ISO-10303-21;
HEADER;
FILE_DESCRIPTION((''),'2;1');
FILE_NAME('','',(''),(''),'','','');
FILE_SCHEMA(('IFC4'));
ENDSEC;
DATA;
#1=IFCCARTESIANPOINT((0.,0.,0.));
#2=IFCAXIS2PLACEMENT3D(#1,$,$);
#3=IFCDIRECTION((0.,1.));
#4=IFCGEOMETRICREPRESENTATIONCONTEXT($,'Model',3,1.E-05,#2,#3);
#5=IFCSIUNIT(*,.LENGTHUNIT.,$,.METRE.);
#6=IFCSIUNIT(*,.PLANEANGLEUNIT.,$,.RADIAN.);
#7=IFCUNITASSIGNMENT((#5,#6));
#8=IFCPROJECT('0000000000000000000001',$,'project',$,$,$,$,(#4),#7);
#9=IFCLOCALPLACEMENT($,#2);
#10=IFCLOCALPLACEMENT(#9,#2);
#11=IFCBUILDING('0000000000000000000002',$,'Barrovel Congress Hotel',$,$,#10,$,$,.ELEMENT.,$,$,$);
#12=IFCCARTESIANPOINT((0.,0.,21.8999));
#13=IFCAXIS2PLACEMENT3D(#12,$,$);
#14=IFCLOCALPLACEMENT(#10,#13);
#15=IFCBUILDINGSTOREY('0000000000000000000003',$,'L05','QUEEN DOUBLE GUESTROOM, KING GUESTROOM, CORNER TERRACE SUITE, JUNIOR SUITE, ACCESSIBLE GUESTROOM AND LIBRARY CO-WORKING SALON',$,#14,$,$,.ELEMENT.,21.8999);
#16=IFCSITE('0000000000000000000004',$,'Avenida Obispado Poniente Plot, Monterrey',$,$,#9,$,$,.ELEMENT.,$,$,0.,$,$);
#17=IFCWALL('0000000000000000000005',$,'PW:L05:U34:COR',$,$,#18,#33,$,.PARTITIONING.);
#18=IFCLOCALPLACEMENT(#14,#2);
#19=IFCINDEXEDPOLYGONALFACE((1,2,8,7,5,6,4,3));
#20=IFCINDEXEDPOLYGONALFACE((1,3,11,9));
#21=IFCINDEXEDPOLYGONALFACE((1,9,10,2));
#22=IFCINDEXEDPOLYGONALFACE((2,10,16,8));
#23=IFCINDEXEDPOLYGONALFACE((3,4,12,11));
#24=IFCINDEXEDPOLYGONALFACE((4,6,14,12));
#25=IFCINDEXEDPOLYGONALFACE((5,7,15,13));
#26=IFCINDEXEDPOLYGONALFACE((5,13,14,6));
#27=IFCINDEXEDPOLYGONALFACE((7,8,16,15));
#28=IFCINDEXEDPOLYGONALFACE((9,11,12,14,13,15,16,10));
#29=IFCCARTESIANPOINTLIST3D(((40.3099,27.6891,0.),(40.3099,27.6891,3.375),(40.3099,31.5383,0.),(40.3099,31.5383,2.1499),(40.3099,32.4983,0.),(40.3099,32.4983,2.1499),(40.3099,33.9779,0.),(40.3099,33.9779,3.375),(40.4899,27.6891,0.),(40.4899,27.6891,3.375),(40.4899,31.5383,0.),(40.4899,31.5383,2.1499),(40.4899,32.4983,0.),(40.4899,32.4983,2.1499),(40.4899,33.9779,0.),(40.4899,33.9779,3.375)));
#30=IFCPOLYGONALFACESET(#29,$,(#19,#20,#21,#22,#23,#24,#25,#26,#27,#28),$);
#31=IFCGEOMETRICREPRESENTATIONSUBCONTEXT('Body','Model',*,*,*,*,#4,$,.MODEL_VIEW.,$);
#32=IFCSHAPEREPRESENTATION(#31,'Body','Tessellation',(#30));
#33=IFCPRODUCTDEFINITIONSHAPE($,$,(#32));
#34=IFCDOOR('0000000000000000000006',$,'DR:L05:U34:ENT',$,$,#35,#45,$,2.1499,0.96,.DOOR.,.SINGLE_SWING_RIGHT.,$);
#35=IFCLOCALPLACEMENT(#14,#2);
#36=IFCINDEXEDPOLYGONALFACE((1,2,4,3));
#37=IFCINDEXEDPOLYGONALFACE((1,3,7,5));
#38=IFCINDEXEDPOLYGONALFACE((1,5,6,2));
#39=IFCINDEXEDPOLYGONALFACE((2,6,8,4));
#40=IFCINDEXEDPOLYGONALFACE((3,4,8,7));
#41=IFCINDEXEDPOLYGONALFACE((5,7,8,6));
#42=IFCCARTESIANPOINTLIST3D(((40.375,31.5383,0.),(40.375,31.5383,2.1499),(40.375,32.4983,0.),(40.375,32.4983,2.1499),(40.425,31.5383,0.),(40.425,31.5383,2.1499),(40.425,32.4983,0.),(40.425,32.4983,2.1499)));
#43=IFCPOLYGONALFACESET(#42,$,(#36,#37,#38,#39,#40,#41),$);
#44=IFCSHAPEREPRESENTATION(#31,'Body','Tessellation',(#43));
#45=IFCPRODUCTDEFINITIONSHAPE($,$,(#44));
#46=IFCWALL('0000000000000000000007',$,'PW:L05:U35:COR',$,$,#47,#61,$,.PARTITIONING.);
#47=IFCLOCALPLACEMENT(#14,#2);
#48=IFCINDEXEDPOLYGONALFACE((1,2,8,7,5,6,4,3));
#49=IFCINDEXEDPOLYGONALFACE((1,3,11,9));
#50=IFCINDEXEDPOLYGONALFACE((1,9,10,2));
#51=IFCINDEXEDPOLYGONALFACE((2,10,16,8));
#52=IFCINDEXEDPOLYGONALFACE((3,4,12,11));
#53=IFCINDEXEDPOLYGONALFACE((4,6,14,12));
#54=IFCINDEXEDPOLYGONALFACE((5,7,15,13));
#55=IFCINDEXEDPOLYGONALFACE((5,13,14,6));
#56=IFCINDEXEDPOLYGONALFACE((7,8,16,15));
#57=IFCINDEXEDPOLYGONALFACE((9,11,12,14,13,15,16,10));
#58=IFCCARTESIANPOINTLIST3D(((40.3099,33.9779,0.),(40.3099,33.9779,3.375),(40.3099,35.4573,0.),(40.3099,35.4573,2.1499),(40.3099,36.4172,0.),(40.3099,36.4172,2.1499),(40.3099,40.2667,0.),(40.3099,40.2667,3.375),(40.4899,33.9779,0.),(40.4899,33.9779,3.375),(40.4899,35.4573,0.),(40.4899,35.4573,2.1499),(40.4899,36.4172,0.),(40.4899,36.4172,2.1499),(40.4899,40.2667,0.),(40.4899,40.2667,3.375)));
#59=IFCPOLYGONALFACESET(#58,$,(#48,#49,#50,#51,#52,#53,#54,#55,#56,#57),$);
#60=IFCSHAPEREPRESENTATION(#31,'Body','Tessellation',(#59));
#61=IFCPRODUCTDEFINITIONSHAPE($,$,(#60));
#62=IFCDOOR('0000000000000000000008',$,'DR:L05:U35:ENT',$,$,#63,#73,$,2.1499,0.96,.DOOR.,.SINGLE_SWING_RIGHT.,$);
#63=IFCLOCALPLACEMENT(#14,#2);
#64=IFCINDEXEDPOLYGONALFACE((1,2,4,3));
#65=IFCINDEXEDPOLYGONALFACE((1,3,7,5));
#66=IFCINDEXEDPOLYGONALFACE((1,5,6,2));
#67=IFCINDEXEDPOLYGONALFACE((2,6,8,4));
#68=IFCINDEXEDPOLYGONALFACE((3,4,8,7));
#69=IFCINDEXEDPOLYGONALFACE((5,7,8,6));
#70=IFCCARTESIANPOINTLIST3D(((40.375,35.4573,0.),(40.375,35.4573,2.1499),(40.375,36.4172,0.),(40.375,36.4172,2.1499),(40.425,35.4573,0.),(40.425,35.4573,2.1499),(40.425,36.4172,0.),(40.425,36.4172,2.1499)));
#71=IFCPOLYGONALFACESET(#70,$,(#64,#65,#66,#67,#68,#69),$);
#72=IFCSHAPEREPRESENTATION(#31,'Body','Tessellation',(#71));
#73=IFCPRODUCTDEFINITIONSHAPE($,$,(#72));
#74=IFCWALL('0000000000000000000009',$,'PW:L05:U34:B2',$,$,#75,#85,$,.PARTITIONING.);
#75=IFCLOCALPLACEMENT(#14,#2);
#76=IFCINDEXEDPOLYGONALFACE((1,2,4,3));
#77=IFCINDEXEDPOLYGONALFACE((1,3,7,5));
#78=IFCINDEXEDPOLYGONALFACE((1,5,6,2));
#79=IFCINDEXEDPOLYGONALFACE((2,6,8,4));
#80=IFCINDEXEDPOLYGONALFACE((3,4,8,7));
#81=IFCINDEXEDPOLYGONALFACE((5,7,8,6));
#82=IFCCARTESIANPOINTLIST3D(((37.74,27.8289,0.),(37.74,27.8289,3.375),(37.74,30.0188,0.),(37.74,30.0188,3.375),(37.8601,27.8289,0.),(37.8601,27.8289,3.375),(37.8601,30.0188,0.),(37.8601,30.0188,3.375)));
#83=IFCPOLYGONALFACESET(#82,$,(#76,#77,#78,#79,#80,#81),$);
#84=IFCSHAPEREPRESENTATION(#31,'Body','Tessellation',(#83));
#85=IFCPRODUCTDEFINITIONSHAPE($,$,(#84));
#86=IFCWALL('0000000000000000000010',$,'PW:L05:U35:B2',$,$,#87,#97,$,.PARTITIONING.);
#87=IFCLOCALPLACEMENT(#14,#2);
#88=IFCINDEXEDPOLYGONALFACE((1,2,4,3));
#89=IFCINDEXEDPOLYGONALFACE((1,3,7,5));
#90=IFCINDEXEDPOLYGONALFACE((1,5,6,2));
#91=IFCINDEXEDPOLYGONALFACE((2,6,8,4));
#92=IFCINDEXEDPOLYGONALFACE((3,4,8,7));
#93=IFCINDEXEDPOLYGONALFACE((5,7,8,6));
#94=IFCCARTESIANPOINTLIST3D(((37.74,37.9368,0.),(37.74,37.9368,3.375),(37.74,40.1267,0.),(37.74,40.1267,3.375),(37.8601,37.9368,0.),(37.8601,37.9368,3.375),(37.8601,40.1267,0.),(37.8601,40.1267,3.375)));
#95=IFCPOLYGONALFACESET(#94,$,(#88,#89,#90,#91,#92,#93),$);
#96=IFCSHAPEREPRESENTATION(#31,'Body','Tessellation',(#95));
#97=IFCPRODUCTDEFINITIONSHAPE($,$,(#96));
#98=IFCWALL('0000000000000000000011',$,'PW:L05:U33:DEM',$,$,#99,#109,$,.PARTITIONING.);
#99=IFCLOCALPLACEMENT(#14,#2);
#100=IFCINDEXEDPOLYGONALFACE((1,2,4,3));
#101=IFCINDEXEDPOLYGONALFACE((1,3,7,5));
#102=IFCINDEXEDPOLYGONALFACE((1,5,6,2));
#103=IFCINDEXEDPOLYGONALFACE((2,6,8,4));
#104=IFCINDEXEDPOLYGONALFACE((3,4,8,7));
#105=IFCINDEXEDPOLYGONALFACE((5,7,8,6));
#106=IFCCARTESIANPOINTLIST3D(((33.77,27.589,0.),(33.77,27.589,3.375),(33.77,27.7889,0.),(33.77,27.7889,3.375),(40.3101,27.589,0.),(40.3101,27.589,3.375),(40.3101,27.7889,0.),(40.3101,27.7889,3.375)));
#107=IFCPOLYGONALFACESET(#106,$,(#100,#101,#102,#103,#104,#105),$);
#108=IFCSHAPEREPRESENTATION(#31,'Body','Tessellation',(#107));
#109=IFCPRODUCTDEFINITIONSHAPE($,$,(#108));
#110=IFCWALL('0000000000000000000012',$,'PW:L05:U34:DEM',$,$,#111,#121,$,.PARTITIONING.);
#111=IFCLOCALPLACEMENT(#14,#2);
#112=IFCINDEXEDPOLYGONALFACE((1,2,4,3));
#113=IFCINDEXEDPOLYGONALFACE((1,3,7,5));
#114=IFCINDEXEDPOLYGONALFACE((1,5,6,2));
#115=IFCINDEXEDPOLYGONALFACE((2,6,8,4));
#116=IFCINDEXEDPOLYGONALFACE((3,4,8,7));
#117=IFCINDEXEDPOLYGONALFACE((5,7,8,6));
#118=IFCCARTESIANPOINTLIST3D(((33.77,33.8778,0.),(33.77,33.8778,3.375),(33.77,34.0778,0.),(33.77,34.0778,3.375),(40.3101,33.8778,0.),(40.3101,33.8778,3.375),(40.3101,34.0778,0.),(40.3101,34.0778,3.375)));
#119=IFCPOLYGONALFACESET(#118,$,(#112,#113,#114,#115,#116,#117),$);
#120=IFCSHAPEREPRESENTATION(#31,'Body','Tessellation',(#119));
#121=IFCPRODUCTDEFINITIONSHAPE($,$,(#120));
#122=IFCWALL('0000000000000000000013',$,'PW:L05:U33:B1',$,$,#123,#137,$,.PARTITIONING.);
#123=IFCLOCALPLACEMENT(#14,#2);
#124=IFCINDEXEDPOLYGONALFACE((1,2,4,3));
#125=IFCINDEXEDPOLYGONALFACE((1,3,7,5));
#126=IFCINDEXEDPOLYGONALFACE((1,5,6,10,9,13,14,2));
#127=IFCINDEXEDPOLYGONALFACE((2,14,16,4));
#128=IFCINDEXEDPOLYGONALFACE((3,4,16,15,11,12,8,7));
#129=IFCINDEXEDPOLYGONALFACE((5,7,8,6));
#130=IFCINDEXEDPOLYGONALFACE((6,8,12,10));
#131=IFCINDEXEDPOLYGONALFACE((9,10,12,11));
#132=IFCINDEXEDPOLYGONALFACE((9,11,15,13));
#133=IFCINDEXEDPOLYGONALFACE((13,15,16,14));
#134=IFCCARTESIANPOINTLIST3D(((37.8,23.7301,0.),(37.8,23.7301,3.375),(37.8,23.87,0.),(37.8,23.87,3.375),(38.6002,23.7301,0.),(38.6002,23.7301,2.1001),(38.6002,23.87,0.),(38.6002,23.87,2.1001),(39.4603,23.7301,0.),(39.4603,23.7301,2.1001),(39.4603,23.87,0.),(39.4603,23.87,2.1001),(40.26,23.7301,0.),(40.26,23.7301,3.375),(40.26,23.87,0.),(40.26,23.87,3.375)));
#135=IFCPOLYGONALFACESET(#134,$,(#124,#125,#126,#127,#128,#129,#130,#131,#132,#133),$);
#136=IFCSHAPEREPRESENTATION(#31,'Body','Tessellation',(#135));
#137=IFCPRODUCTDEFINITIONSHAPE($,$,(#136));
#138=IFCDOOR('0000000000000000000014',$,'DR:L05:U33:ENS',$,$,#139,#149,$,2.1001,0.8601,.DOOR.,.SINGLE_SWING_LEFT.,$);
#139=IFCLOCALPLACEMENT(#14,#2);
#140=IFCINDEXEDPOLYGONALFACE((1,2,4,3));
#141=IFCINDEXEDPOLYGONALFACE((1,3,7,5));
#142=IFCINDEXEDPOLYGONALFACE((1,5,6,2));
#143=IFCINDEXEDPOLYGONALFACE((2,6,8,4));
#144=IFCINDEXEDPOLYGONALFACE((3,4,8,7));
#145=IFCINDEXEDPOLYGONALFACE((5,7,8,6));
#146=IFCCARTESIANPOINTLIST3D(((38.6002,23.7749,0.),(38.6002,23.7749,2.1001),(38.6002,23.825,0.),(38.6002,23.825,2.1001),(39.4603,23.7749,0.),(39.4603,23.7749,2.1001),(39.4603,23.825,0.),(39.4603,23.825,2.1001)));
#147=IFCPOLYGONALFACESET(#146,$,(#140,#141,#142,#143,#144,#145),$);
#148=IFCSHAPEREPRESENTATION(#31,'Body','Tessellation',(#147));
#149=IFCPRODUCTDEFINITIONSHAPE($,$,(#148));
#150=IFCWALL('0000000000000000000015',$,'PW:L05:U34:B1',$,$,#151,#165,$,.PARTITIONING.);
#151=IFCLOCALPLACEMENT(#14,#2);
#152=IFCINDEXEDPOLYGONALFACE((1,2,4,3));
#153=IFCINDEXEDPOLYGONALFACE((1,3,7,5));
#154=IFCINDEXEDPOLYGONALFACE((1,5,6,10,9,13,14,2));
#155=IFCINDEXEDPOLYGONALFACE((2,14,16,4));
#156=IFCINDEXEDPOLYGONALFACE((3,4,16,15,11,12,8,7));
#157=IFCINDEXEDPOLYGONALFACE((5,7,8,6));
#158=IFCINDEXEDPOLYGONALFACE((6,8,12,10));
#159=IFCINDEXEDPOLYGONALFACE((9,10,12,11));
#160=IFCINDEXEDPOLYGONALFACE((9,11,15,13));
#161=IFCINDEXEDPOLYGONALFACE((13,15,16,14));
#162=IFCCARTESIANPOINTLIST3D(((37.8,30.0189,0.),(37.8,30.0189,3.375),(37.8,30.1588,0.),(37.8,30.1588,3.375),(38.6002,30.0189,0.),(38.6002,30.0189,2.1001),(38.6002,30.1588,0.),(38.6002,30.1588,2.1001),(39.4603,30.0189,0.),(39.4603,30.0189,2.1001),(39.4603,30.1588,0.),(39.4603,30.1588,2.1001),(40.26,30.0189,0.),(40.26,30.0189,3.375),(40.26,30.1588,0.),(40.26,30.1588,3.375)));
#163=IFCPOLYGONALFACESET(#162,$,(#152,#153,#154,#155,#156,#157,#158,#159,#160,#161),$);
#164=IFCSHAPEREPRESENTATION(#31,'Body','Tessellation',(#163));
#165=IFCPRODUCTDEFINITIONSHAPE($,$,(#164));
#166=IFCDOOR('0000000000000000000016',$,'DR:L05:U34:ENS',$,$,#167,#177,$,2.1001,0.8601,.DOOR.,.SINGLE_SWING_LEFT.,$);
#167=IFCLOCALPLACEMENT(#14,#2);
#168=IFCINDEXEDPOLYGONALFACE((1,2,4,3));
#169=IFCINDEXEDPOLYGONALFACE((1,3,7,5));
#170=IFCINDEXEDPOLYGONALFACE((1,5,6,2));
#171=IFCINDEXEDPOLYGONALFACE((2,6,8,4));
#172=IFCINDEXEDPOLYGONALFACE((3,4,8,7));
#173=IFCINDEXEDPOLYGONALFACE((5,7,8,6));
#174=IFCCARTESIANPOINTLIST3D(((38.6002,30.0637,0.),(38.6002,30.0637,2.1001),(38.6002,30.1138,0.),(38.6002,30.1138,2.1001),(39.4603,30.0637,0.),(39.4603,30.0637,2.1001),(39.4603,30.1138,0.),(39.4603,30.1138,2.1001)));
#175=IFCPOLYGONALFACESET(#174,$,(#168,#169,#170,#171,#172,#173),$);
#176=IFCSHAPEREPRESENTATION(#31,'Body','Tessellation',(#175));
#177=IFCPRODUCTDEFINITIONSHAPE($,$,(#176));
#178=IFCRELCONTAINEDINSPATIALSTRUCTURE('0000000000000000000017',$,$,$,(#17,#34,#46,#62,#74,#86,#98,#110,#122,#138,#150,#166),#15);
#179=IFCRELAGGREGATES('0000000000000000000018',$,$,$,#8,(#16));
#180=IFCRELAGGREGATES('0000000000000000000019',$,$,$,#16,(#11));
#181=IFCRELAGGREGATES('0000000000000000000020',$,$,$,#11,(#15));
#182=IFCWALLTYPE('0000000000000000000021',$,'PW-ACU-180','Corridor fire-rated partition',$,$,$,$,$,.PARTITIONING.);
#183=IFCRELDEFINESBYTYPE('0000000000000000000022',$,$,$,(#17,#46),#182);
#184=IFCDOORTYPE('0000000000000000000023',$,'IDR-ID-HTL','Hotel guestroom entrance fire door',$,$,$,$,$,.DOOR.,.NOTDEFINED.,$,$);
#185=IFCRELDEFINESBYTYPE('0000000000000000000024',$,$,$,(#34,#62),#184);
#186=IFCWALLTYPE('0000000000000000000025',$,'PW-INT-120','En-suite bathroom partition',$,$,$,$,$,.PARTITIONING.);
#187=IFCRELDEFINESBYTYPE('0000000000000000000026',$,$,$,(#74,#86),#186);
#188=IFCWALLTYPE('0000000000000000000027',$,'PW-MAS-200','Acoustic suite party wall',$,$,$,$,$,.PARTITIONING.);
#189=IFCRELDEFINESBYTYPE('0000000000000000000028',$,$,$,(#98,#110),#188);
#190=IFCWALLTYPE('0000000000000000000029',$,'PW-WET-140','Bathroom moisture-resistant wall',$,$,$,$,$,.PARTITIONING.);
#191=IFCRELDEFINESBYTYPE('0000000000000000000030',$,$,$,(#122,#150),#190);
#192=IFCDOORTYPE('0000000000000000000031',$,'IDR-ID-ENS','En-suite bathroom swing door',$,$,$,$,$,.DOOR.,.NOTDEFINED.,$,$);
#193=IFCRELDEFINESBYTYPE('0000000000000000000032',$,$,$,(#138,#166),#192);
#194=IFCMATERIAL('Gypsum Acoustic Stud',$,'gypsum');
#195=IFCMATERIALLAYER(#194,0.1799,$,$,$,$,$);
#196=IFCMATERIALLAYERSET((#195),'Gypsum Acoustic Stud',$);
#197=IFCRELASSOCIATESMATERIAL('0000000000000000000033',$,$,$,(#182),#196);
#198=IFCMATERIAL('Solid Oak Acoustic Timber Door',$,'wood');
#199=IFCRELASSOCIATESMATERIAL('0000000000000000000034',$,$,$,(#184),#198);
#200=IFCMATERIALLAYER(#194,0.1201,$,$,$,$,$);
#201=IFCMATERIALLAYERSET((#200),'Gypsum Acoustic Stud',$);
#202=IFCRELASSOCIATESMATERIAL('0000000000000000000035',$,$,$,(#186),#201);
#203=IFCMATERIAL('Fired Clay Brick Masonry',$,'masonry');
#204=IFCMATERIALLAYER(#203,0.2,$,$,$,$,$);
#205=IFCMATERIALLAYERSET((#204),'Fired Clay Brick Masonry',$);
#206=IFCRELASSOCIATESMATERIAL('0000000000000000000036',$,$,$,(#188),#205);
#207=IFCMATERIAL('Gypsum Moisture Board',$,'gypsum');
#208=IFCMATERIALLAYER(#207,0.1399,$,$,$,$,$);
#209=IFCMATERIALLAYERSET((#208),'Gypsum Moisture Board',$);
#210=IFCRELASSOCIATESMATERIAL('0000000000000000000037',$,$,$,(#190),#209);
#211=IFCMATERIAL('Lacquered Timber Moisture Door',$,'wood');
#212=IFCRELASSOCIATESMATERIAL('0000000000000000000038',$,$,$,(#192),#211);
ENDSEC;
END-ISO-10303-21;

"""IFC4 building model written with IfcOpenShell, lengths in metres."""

from ifc_helpers import new_model, si_unit, direction, frame, frame_2d, origin, place, context, subcontext, project, spatial, rectangle, extrude, material, layer, layer_set, type_object, element, fill, save


model = new_model("IFC4")

# Units and contexts
model_context = context("Model", 3, precision=1e-05, world=origin(), true_north=direction((0.0, 1.0)))
body_context = subcontext(model_context, "Body", "Model", "MODEL_VIEW")
ifc_project = project(units=[si_unit("LENGTHUNIT", "METRE"), si_unit("PLANEANGLEUNIT", "RADIAN")], contexts=[model_context])

# Site, building, storey
site_placement = place(None, origin())
site = spatial("IfcSite", under=ifc_project, at=site_placement, Name="Avenida Obispado Poniente Plot, Monterrey", CompositionType="ELEMENT", RefElevation=0.0)
building_placement = place(site_placement, origin())
building = spatial("IfcBuilding", under=site, at=building_placement, Name="Barrovel Congress Hotel", CompositionType="ELEMENT")
storey_placement = place(building_placement, frame((0.0, 0.0, 21.8999)))
storey = spatial("IfcBuildingStorey", under=building, at=storey_placement, Name="L05", Description="QUEEN DOUBLE GUESTROOM, KING GUESTROOM, CORNER TERRACE SUITE, JUNIOR SUITE, ACCESSIBLE GUESTROOM AND LIBRARY CO-WORKING SALON", CompositionType="ELEMENT", Elevation=21.8999)

# Shared definitions
ifc_material_1 = material(Name="Fired Clay Brick Masonry", Category="masonry")

# Walls, openings, doors
ifc_material_2 = material(Name="Gypsum Acoustic Stud", Category="gypsum")
ifc_layer_1 = layer(ifc_material_2, 0.1799)
ifc_layer_set_1 = layer_set([ifc_layer_1], Name="Gypsum Acoustic Stud")
wall_type_1 = type_object("IfcWallType", Name="PW-ACU-180", Description="Corridor fire-rated partition", PredefinedType="PARTITIONING", material=ifc_layer_set_1)
wall_1_placement = place(storey_placement, frame((40.3999, 27.689, 0.0), z_axis=(0.0, 0.0, 1.0), x_axis=(0.0, 1.0, 0.0)))
wall_1 = element("IfcWall", 1, at=wall_1_placement, inside=storey, type_object=wall_type_1, Name="PW:L05:U34:COR", PredefinedType="PARTITIONING", context=body_context, shape_type="SweptSolid", body=[
    extrude(rectangle(XDim=6.2888, YDim=0.1799, at=frame_2d((3.1445, 0.0))), origin(), (0.0, 0.0, 1.0), 3.375),
])
opening_1_placement = place(wall_1_placement, frame((3.8494, 0.0, 0.0)))
opening_1 = element("IfcOpeningElement", 2, at=opening_1_placement, cuts=wall_1, PredefinedType="OPENING", context=body_context, shape_type="SweptSolid", body=[
    extrude(rectangle(XDim=0.96, YDim=2.1499, at=frame_2d((0.48, 1.075))), frame((0.0, 0.1001, 0.0), z_axis=(0.0, -1.0, 0.0), x_axis=(1.0, 0.0, 0.0)), (0.0, 0.0, 1.0), 0.2),
])
ifc_material_3 = material(Name="Solid Oak Acoustic Timber Door", Category="wood")
door_type_1 = type_object("IfcDoorType", Name="IDR-ID-HTL", Description="Hotel guestroom entrance fire door", OperationType="NOTDEFINED", PredefinedType="DOOR", material=ifc_material_3)
door_1_placement = place(opening_1_placement, origin())
door_1 = element("IfcDoor", 3, at=door_1_placement, inside=storey, type_object=door_type_1, Name="DR:L05:U34:ENT", OperationType="SINGLE_SWING_RIGHT", OverallHeight=2.1499, OverallWidth=0.96, PredefinedType="DOOR", context=body_context, shape_type="SweptSolid", body=[
    extrude(rectangle(XDim=0.96, YDim=2.1499, at=frame_2d((0.48, 1.075))), frame((0.0, 0.0249, 0.0), z_axis=(0.0, -1.0, 0.0), x_axis=(1.0, 0.0, 0.0)), (0.0, 0.0, 1.0), 0.05),
])
fill(opening_1, door_1)
wall_2_placement = place(storey_placement, frame((40.3999, 33.9778, 0.0), z_axis=(0.0, 0.0, 1.0), x_axis=(0.0, 1.0, 0.0)))
wall_2 = element("IfcWall", 4, at=wall_2_placement, inside=storey, type_object=wall_type_1, Name="PW:L05:U35:COR", PredefinedType="PARTITIONING", context=body_context, shape_type="SweptSolid", body=[
    extrude(rectangle(XDim=6.2888, YDim=0.1799, at=frame_2d((3.1445, 0.0))), origin(), (0.0, 0.0, 1.0), 3.375),
])
opening_2_placement = place(wall_2_placement, frame((1.4795, 0.0, 0.0)))
opening_2 = element("IfcOpeningElement", 5, at=opening_2_placement, cuts=wall_2, PredefinedType="OPENING", context=body_context, shape_type="SweptSolid", body=[
    extrude(rectangle(XDim=0.96, YDim=2.1499, at=frame_2d((0.48, 1.075))), frame((0.0, 0.1001, 0.0), z_axis=(0.0, -1.0, 0.0), x_axis=(1.0, 0.0, 0.0)), (0.0, 0.0, 1.0), 0.2),
])
door_2_placement = place(opening_2_placement, origin())
door_2 = element("IfcDoor", 6, at=door_2_placement, inside=storey, type_object=door_type_1, Name="DR:L05:U35:ENT", OperationType="SINGLE_SWING_RIGHT", OverallHeight=2.1499, OverallWidth=0.96, PredefinedType="DOOR", context=body_context, shape_type="SweptSolid", body=[
    extrude(rectangle(XDim=0.96, YDim=2.1499, at=frame_2d((0.48, 1.075))), frame((0.0, 0.0249, 0.0), z_axis=(0.0, -1.0, 0.0), x_axis=(1.0, 0.0, 0.0)), (0.0, 0.0, 1.0), 0.05),
])
fill(opening_2, door_2)

# Walls
ifc_layer_2 = layer(ifc_material_2, 0.1201)
ifc_layer_set_2 = layer_set([ifc_layer_2], Name="Gypsum Acoustic Stud")
wall_type_2 = type_object("IfcWallType", Name="PW-INT-120", Description="En-suite bathroom partition", PredefinedType="PARTITIONING", material=ifc_layer_set_2)
for number, where, z_axis, x_axis, name in (
    (7, (37.8, 27.8289, 0.0), (0.0, 0.0, 1.0), (0.0, 1.0, 0.0), "PW:L05:U34:B2"),
    (8, (37.8, 37.9368, 0.0), (0.0, 0.0, 1.0), (0.0, 1.0, 0.0), "PW:L05:U35:B2"),
):
    element("IfcWall", number, at=place(storey_placement, frame(where, z_axis=z_axis, x_axis=x_axis)), inside=storey, type_object=wall_type_2, Name=name, PredefinedType="PARTITIONING", context=body_context, shape_type="SweptSolid", body=[
        extrude(rectangle(XDim=2.1899, YDim=0.1201, at=frame_2d((1.095, 0.0))), origin(), (0.0, 0.0, 1.0), 3.375),
    ])
ifc_layer_3 = layer(ifc_material_1, 0.2)
ifc_layer_set_3 = layer_set([ifc_layer_3], Name="Fired Clay Brick Masonry")
wall_type_3 = type_object("IfcWallType", Name="PW-MAS-200", Description="Acoustic suite party wall", PredefinedType="PARTITIONING", material=ifc_layer_set_3)
for number, where, z_axis, x_axis, name in (
    (9, (33.77, 27.689, 0.0), (0.0, 0.0, 1.0), (1.0, 0.0, 0.0), "PW:L05:U33:DEM"),
    (10, (33.77, 33.9778, 0.0), (0.0, 0.0, 1.0), (1.0, 0.0, 0.0), "PW:L05:U34:DEM"),
):
    element("IfcWall", number, at=place(storey_placement, frame(where, z_axis=z_axis, x_axis=x_axis)), inside=storey, type_object=wall_type_3, Name=name, PredefinedType="PARTITIONING", context=body_context, shape_type="SweptSolid", body=[
        extrude(rectangle(XDim=6.54, YDim=0.2, at=frame_2d((3.27, 0.0))), origin(), (0.0, 0.0, 1.0), 3.375),
    ])

# Walls, openings, doors
ifc_material_4 = material(Name="Gypsum Moisture Board", Category="gypsum")
ifc_layer_4 = layer(ifc_material_4, 0.1399)
ifc_layer_set_4 = layer_set([ifc_layer_4], Name="Gypsum Moisture Board")
wall_type_4 = type_object("IfcWallType", Name="PW-WET-140", Description="Bathroom moisture-resistant wall", PredefinedType="PARTITIONING", material=ifc_layer_set_4)
wall_3_placement = place(storey_placement, frame((37.8, 23.8, 0.0), z_axis=(0.0, 0.0, 1.0), x_axis=(1.0, 0.0, 0.0)))
wall_3 = element("IfcWall", 11, at=wall_3_placement, inside=storey, type_object=wall_type_4, Name="PW:L05:U33:B1", PredefinedType="PARTITIONING", context=body_context, shape_type="SweptSolid", body=[
    extrude(rectangle(XDim=2.46, YDim=0.1399, at=frame_2d((1.23, 0.0))), origin(), (0.0, 0.0, 1.0), 3.375),
])
opening_3_placement = place(wall_3_placement, frame((0.8, 0.0, 0.0)))
opening_3 = element("IfcOpeningElement", 12, at=opening_3_placement, cuts=wall_3, PredefinedType="OPENING", context=body_context, shape_type="SweptSolid", body=[
    extrude(rectangle(XDim=0.8601, YDim=2.1001, at=frame_2d((0.4302, 1.05))), frame((0.0, 0.0801, 0.0), z_axis=(0.0, -1.0, 0.0), x_axis=(1.0, 0.0, 0.0)), (0.0, 0.0, 1.0), 0.1599),
])
ifc_material_5 = material(Name="Lacquered Timber Moisture Door", Category="wood")
door_type_2 = type_object("IfcDoorType", Name="IDR-ID-ENS", Description="En-suite bathroom swing door", OperationType="NOTDEFINED", PredefinedType="DOOR", material=ifc_material_5)
door_3_placement = place(opening_3_placement, origin())
door_3 = element("IfcDoor", 13, at=door_3_placement, inside=storey, type_object=door_type_2, Name="DR:L05:U33:ENS", OperationType="SINGLE_SWING_LEFT", OverallHeight=2.1001, OverallWidth=0.8601, PredefinedType="DOOR", context=body_context, shape_type="SweptSolid", body=[
    extrude(rectangle(XDim=0.8601, YDim=2.1001, at=frame_2d((0.4302, 1.05))), frame((0.0, 0.0249, 0.0), z_axis=(0.0, -1.0, 0.0), x_axis=(1.0, 0.0, 0.0)), (0.0, 0.0, 1.0), 0.05),
])
fill(opening_3, door_3)
wall_4_placement = place(storey_placement, frame((37.8, 30.0889, 0.0), z_axis=(0.0, 0.0, 1.0), x_axis=(1.0, 0.0, 0.0)))
wall_4 = element("IfcWall", 14, at=wall_4_placement, inside=storey, type_object=wall_type_4, Name="PW:L05:U34:B1", PredefinedType="PARTITIONING", context=body_context, shape_type="SweptSolid", body=[
    extrude(rectangle(XDim=2.46, YDim=0.1399, at=frame_2d((1.23, 0.0))), origin(), (0.0, 0.0, 1.0), 3.375),
])
opening_4_placement = place(wall_4_placement, frame((0.8, 0.0, 0.0)))
opening_4 = element("IfcOpeningElement", 15, at=opening_4_placement, cuts=wall_4, PredefinedType="OPENING", context=body_context, shape_type="SweptSolid", body=[
    extrude(rectangle(XDim=0.8601, YDim=2.1001, at=frame_2d((0.4302, 1.05))), frame((0.0, 0.0801, 0.0), z_axis=(0.0, -1.0, 0.0), x_axis=(1.0, 0.0, 0.0)), (0.0, 0.0, 1.0), 0.1599),
])
door_4_placement = place(opening_4_placement, origin())
door_4 = element("IfcDoor", 16, at=door_4_placement, inside=storey, type_object=door_type_2, Name="DR:L05:U34:ENS", OperationType="SINGLE_SWING_LEFT", OverallHeight=2.1001, OverallWidth=0.8601, PredefinedType="DOOR", context=body_context, shape_type="SweptSolid", body=[
    extrude(rectangle(XDim=0.8601, YDim=2.1001, at=frame_2d((0.4302, 1.05))), frame((0.0, 0.0249, 0.0), z_axis=(0.0, -1.0, 0.0), x_axis=(1.0, 0.0, 0.0)), (0.0, 0.0, 1.0), 0.05),
])
fill(opening_4, door_4)

save(model, "model.ifc")
